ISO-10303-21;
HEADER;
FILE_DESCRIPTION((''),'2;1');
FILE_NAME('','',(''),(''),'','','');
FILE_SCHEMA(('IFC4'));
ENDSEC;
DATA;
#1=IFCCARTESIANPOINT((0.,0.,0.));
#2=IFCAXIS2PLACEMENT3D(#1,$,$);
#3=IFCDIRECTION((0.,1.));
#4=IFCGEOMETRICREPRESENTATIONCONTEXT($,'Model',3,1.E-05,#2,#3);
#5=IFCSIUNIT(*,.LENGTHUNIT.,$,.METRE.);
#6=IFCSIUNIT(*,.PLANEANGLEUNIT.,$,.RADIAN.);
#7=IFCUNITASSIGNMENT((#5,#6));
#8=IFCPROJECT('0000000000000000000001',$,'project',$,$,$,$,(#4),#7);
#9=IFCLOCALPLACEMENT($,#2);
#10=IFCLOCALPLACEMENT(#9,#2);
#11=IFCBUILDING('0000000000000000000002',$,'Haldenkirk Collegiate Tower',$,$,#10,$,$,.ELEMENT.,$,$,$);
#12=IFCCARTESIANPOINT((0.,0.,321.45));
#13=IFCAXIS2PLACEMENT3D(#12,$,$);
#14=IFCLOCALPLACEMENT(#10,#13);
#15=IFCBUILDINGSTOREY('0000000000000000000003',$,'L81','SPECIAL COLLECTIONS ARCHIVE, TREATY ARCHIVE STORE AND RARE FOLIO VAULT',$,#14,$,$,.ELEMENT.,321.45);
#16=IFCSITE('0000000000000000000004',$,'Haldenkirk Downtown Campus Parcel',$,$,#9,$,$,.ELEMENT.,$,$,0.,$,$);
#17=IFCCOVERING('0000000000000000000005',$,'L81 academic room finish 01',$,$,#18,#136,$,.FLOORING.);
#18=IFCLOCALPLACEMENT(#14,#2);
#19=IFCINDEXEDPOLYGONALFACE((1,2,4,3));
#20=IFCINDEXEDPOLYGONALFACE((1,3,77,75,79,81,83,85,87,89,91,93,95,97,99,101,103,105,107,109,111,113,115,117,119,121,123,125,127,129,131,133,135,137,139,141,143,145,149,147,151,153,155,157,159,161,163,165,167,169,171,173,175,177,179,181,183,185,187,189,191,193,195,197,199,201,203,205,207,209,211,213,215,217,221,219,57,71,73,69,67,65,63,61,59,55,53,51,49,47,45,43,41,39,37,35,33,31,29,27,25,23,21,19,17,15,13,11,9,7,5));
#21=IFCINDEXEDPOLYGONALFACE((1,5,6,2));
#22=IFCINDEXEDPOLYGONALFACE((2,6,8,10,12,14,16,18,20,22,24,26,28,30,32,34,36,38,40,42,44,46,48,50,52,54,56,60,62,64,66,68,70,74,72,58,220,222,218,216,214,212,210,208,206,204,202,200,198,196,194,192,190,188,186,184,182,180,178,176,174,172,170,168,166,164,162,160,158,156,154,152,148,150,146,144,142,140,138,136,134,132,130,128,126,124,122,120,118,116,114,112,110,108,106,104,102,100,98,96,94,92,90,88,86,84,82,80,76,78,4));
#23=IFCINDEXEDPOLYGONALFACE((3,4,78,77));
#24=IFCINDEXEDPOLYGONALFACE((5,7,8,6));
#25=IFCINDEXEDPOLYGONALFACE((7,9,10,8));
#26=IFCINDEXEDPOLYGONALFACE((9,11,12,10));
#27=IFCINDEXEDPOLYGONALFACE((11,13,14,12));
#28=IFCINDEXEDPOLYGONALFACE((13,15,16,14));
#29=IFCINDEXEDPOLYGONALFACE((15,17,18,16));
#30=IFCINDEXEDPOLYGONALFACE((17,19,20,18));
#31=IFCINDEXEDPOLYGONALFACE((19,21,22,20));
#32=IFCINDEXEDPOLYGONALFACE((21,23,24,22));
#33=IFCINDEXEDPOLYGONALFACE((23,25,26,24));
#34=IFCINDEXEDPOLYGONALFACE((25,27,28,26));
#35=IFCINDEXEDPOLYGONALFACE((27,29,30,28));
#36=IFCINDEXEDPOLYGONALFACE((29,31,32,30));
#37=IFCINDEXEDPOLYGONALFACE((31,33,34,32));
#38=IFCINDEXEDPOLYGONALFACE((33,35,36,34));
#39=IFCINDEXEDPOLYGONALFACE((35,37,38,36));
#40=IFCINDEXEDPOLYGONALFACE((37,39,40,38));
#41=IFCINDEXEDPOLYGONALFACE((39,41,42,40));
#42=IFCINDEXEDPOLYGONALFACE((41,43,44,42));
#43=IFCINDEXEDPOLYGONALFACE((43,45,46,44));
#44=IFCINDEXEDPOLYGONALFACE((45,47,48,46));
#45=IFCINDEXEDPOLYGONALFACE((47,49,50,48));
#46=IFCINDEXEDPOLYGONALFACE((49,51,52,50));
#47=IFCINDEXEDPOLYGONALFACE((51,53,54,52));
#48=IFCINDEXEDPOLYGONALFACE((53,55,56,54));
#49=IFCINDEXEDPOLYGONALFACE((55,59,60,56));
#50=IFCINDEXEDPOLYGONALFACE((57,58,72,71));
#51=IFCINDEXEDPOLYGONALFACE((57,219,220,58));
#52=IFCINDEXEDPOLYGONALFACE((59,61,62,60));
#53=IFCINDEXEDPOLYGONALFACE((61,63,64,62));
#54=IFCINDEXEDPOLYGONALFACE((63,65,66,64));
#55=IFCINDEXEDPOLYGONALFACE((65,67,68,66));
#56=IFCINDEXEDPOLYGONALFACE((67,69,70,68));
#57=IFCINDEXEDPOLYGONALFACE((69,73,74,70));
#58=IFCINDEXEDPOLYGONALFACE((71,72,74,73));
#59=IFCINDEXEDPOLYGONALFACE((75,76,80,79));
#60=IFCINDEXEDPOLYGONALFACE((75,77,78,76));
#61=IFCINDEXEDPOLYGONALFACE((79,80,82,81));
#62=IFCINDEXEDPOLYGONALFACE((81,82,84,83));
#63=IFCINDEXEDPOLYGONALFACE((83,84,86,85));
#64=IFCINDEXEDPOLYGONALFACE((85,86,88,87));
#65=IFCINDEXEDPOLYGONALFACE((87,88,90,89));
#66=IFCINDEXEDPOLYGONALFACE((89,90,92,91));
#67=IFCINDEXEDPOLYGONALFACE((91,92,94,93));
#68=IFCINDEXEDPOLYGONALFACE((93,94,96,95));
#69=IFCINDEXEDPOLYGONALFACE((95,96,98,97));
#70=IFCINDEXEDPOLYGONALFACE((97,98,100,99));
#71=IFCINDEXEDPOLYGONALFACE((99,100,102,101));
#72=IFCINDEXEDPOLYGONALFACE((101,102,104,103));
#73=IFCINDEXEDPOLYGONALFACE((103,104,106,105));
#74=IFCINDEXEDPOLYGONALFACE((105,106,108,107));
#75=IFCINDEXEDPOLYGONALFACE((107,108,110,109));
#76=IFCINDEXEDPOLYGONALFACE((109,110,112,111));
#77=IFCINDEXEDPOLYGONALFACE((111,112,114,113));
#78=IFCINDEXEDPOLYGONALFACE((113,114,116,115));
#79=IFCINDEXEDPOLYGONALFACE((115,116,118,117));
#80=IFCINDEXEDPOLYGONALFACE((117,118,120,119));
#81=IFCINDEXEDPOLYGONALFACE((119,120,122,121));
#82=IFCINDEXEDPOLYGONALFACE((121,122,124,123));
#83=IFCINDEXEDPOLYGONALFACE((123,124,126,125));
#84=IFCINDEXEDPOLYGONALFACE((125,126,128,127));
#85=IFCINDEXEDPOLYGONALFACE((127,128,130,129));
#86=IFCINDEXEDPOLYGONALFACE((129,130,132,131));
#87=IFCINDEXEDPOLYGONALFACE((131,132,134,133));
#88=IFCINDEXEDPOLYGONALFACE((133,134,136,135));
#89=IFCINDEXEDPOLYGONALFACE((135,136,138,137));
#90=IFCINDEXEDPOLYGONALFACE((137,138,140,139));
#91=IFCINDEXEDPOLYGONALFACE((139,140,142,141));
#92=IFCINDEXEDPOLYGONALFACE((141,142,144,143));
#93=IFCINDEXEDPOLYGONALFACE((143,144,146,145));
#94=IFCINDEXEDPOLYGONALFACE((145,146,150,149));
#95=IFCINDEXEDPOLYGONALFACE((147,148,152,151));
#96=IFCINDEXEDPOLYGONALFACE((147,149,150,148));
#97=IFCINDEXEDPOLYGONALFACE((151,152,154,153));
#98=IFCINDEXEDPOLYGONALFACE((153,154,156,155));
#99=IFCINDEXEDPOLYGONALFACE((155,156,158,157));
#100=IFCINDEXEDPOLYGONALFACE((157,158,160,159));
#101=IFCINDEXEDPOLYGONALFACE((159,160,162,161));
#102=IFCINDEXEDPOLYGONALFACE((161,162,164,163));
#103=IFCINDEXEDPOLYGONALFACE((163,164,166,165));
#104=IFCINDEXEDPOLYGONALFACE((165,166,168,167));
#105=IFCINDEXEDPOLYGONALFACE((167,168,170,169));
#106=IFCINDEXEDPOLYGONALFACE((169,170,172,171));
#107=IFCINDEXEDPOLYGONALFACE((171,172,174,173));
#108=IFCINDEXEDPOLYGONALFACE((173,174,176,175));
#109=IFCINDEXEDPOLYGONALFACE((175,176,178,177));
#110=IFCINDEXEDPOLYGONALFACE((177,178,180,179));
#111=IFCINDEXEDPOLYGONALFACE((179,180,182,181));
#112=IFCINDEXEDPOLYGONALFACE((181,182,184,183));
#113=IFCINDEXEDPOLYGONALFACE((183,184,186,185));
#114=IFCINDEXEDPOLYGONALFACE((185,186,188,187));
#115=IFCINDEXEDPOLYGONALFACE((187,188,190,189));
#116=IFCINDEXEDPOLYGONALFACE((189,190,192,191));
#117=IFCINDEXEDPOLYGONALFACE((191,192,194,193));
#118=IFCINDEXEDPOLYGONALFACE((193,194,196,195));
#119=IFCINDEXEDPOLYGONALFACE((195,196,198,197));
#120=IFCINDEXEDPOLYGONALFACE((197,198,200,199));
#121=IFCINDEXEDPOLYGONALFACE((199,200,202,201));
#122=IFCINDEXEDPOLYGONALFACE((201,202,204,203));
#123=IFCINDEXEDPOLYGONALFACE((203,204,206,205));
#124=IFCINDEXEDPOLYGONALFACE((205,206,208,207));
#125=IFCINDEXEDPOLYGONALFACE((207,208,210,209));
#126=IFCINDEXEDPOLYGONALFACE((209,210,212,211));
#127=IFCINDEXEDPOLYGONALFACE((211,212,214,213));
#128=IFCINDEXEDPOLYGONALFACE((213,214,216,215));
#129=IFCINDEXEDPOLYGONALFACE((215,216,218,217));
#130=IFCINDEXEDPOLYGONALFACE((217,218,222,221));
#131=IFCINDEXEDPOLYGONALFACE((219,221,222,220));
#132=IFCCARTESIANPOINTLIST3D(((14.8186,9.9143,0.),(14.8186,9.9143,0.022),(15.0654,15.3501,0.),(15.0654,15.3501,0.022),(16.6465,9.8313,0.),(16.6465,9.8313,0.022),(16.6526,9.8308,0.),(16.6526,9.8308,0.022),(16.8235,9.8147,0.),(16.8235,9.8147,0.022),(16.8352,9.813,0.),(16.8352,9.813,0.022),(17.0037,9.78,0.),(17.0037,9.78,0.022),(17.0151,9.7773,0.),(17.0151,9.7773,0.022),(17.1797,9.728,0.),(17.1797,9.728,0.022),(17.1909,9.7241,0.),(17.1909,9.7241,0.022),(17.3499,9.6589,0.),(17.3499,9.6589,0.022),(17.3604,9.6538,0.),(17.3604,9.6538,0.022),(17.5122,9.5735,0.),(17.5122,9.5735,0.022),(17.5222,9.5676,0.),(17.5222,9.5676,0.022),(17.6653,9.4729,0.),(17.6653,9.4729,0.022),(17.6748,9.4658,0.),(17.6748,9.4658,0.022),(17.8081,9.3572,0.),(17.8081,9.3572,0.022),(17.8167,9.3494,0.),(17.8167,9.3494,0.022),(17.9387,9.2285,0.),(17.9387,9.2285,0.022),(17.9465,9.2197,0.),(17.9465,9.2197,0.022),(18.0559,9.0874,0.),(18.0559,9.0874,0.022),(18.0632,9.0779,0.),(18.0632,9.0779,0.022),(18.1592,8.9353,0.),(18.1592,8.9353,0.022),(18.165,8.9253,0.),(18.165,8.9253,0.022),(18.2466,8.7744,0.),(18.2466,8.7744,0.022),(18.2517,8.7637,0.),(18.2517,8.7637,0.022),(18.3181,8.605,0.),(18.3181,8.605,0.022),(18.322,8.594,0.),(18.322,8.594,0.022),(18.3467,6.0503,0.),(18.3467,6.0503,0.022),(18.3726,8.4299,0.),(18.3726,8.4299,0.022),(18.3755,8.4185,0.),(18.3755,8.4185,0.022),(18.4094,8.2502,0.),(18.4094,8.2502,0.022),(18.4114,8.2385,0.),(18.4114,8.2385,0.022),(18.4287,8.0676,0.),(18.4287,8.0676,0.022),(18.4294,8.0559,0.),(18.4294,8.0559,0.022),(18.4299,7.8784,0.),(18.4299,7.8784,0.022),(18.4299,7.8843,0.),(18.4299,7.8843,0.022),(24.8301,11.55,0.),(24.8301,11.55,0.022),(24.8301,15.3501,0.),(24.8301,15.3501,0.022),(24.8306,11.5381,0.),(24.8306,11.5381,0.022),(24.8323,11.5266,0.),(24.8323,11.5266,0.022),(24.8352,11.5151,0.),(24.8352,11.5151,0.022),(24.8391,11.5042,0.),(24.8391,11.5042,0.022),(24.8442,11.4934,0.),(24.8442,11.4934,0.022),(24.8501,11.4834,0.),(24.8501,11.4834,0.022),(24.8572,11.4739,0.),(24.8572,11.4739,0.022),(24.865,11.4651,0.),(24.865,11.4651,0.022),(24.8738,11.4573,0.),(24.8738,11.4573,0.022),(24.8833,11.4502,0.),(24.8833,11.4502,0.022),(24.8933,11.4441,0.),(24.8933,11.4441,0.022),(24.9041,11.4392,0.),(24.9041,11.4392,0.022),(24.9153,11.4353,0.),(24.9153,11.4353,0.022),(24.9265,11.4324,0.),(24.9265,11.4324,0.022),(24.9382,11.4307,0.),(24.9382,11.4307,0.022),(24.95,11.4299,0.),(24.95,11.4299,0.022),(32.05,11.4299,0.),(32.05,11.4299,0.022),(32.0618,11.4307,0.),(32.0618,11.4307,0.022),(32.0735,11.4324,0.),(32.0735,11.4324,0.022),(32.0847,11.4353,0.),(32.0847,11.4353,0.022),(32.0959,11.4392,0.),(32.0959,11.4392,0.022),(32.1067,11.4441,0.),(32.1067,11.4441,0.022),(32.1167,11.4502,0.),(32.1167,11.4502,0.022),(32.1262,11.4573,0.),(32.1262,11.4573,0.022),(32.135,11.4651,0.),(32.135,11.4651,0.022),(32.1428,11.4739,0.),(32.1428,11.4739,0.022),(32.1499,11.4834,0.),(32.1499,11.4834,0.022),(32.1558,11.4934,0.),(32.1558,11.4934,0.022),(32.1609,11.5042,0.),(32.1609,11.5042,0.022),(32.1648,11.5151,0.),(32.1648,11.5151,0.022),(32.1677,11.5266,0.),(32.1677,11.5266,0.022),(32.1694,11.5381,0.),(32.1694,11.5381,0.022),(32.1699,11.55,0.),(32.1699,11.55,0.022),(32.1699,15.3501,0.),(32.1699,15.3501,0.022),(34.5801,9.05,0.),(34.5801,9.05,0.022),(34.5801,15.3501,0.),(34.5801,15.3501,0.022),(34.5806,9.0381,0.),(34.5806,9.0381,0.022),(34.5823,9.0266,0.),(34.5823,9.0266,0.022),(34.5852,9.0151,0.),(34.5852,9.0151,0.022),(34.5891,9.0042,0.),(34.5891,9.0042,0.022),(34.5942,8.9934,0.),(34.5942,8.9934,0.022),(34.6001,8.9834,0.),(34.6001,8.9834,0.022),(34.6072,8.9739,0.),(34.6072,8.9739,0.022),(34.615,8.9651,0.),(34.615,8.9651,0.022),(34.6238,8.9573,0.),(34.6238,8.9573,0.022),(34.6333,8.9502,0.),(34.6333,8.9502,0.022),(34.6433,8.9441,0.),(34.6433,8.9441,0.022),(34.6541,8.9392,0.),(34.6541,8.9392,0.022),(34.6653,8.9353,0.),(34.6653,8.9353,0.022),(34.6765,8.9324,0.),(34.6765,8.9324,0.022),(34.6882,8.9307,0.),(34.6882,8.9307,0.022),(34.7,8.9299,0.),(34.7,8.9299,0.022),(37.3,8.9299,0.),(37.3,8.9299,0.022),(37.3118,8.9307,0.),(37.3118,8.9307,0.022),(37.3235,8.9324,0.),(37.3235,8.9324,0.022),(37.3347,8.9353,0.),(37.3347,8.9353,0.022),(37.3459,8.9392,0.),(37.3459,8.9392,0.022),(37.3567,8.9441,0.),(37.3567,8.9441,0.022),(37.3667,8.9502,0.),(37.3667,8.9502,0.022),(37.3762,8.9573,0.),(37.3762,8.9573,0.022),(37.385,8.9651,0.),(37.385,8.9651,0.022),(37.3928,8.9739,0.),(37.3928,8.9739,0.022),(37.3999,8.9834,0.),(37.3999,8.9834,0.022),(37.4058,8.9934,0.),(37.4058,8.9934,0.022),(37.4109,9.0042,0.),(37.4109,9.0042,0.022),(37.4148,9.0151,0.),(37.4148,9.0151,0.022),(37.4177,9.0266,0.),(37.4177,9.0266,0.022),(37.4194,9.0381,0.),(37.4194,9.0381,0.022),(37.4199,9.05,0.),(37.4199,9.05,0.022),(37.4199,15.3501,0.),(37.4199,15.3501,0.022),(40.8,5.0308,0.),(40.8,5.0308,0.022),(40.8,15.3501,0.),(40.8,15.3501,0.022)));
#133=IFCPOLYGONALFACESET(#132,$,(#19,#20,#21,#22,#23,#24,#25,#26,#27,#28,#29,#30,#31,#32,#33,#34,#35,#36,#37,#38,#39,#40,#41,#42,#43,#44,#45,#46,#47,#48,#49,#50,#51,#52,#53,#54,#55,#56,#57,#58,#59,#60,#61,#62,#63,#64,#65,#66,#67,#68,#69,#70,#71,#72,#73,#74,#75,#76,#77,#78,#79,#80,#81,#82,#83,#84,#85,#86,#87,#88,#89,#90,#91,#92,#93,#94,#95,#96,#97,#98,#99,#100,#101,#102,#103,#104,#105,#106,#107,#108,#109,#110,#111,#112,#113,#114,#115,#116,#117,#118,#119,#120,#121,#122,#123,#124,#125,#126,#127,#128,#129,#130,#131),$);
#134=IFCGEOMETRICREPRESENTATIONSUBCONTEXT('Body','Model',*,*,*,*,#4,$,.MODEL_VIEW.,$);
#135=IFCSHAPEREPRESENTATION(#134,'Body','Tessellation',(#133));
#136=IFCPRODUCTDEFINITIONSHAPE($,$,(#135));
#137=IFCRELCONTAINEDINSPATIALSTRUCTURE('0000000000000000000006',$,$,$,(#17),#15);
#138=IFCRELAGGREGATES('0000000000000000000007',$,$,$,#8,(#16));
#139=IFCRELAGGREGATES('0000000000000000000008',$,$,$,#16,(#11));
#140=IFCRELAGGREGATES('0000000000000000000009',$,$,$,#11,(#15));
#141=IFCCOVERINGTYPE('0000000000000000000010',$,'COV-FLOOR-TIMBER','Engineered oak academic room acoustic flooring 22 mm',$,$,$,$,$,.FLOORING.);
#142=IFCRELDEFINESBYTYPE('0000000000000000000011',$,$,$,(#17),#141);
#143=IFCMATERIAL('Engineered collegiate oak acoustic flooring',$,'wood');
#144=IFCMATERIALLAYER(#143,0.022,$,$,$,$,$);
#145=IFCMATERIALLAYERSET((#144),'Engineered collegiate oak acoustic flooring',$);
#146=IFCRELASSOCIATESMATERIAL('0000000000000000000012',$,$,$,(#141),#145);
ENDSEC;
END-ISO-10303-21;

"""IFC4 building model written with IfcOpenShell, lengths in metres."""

from ifc_helpers import new_model, si_unit, direction, frame, origin, place, context, subcontext, project, spatial, polyline, outline, extrude, material, layer, layer_set, type_object, element, save


model = new_model("IFC4")

# Units and contexts
model_context = context("Model", 3, precision=1e-05, world=origin(), true_north=direction((0.0, 1.0)))
body_context = subcontext(model_context, "Body", "Model", "MODEL_VIEW")
ifc_project = project(units=[si_unit("LENGTHUNIT", "METRE"), si_unit("PLANEANGLEUNIT", "RADIAN")], contexts=[model_context])

# Site, building, storey
site_placement = place(None, origin())
site = spatial("IfcSite", under=ifc_project, at=site_placement, Name="Haldenkirk Downtown Campus Parcel", CompositionType="ELEMENT", RefElevation=0.0)
building_placement = place(site_placement, origin())
building = spatial("IfcBuilding", under=site, at=building_placement, Name="Haldenkirk Collegiate Tower", CompositionType="ELEMENT")
storey_placement = place(building_placement, frame((0.0, 0.0, 321.45)))
storey = spatial("IfcBuildingStorey", under=building, at=storey_placement, Name="L81", Description="SPECIAL COLLECTIONS ARCHIVE, TREATY ARCHIVE STORE AND RARE FOLIO VAULT", CompositionType="ELEMENT", Elevation=321.45)

# Covering
ifc_material_1 = material(Name="Engineered collegiate oak acoustic flooring", Category="wood")
ifc_layer_1 = layer(ifc_material_1, 0.022)
ifc_layer_set_1 = layer_set([ifc_layer_1], Name="Engineered collegiate oak acoustic flooring")
covering_type_1 = type_object("IfcCoveringType", Name="COV-FLOOR-TIMBER", Description="Engineered oak academic room acoustic flooring 22 mm", PredefinedType="FLOORING", material=ifc_layer_set_1)
covering_1_placement = place(storey_placement, origin())
element("IfcCovering", 1, at=covering_1_placement, inside=storey, type_object=covering_type_1, Name="L81 academic room finish 01", PredefinedType="FLOORING", context=body_context, shape_type="SweptSolid", body=[
    extrude(outline(polyline([(18.3467, 6.0503), (18.4299, 7.8784), (18.4299, 7.8843), (18.4294, 8.0559), (18.4287, 8.0676), (18.4114, 8.2385), (18.4094, 8.2502), (18.3755, 8.4185), (18.3726, 8.4299), (18.322, 8.594), (18.3181, 8.605), (18.2517, 8.7637), (18.2466, 8.7744), (18.165, 8.9253), (18.1592, 8.9353), (18.0632, 9.0779), (18.0559, 9.0874), (17.9465, 9.2197), (17.9387, 9.2285), (17.8167, 9.3494), (17.8081, 9.3572), (17.6748, 9.4658), (17.6653, 9.4729), (17.5222, 9.5676), (17.5122, 9.5735), (17.3604, 9.6538), (17.3499, 9.6589), (17.1909, 9.7241), (17.1797, 9.728), (17.0151, 9.7773), (17.0037, 9.78), (16.8352, 9.813), (16.8235, 9.8147), (16.6526, 9.8308), (16.6465, 9.8313), (14.8186, 9.9143), (15.0654, 15.3501), (24.8301, 15.3501), (24.8301, 11.55), (24.8306, 11.5381), (24.8323, 11.5266), (24.8352, 11.5151), (24.8391, 11.5042), (24.8442, 11.4934), (24.8501, 11.4834), (24.8572, 11.4739), (24.865, 11.4651), (24.8738, 11.4573), (24.8833, 11.4502), (24.8933, 11.4441), (24.9041, 11.4392), (24.9153, 11.4353), (24.9265, 11.4324), (24.9382, 11.4307), (24.95, 11.4299), (32.05, 11.4299), (32.0618, 11.4307), (32.0735, 11.4324), (32.0847, 11.4353), (32.0959, 11.4392), (32.1067, 11.4441), (32.1167, 11.4502), (32.1262, 11.4573), (32.135, 11.4651), (32.1428, 11.4739), (32.1499, 11.4834), (32.1558, 11.4934), (32.1609, 11.5042), (32.1648, 11.5151), (32.1677, 11.5266), (32.1694, 11.5381), (32.1699, 11.55), (32.1699, 15.3501), (34.5801, 15.3501), (34.5801, 9.05), (34.5806, 9.0381), (34.5823, 9.0266), (34.5852, 9.0151), (34.5891, 9.0042), (34.5942, 8.9934), (34.6001, 8.9834), (34.6072, 8.9739), (34.615, 8.9651), (34.6238, 8.9573), (34.6333, 8.9502), (34.6433, 8.9441), (34.6541, 8.9392), (34.6653, 8.9353), (34.6765, 8.9324), (34.6882, 8.9307), (34.7, 8.9299), (37.3, 8.9299), (37.3118, 8.9307), (37.3235, 8.9324), (37.3347, 8.9353), (37.3459, 8.9392), (37.3567, 8.9441), (37.3667, 8.9502), (37.3762, 8.9573), (37.385, 8.9651), (37.3928, 8.9739), (37.3999, 8.9834), (37.4058, 8.9934), (37.4109, 9.0042), (37.4148, 9.0151), (37.4177, 9.0266), (37.4194, 9.0381), (37.4199, 9.05), (37.4199, 15.3501), (40.8, 15.3501), (40.8, 5.0308), (18.3467, 6.0503)])), origin(), (0.0, 0.0, 1.0), 0.022),
])

save(model, "model.ifc")
